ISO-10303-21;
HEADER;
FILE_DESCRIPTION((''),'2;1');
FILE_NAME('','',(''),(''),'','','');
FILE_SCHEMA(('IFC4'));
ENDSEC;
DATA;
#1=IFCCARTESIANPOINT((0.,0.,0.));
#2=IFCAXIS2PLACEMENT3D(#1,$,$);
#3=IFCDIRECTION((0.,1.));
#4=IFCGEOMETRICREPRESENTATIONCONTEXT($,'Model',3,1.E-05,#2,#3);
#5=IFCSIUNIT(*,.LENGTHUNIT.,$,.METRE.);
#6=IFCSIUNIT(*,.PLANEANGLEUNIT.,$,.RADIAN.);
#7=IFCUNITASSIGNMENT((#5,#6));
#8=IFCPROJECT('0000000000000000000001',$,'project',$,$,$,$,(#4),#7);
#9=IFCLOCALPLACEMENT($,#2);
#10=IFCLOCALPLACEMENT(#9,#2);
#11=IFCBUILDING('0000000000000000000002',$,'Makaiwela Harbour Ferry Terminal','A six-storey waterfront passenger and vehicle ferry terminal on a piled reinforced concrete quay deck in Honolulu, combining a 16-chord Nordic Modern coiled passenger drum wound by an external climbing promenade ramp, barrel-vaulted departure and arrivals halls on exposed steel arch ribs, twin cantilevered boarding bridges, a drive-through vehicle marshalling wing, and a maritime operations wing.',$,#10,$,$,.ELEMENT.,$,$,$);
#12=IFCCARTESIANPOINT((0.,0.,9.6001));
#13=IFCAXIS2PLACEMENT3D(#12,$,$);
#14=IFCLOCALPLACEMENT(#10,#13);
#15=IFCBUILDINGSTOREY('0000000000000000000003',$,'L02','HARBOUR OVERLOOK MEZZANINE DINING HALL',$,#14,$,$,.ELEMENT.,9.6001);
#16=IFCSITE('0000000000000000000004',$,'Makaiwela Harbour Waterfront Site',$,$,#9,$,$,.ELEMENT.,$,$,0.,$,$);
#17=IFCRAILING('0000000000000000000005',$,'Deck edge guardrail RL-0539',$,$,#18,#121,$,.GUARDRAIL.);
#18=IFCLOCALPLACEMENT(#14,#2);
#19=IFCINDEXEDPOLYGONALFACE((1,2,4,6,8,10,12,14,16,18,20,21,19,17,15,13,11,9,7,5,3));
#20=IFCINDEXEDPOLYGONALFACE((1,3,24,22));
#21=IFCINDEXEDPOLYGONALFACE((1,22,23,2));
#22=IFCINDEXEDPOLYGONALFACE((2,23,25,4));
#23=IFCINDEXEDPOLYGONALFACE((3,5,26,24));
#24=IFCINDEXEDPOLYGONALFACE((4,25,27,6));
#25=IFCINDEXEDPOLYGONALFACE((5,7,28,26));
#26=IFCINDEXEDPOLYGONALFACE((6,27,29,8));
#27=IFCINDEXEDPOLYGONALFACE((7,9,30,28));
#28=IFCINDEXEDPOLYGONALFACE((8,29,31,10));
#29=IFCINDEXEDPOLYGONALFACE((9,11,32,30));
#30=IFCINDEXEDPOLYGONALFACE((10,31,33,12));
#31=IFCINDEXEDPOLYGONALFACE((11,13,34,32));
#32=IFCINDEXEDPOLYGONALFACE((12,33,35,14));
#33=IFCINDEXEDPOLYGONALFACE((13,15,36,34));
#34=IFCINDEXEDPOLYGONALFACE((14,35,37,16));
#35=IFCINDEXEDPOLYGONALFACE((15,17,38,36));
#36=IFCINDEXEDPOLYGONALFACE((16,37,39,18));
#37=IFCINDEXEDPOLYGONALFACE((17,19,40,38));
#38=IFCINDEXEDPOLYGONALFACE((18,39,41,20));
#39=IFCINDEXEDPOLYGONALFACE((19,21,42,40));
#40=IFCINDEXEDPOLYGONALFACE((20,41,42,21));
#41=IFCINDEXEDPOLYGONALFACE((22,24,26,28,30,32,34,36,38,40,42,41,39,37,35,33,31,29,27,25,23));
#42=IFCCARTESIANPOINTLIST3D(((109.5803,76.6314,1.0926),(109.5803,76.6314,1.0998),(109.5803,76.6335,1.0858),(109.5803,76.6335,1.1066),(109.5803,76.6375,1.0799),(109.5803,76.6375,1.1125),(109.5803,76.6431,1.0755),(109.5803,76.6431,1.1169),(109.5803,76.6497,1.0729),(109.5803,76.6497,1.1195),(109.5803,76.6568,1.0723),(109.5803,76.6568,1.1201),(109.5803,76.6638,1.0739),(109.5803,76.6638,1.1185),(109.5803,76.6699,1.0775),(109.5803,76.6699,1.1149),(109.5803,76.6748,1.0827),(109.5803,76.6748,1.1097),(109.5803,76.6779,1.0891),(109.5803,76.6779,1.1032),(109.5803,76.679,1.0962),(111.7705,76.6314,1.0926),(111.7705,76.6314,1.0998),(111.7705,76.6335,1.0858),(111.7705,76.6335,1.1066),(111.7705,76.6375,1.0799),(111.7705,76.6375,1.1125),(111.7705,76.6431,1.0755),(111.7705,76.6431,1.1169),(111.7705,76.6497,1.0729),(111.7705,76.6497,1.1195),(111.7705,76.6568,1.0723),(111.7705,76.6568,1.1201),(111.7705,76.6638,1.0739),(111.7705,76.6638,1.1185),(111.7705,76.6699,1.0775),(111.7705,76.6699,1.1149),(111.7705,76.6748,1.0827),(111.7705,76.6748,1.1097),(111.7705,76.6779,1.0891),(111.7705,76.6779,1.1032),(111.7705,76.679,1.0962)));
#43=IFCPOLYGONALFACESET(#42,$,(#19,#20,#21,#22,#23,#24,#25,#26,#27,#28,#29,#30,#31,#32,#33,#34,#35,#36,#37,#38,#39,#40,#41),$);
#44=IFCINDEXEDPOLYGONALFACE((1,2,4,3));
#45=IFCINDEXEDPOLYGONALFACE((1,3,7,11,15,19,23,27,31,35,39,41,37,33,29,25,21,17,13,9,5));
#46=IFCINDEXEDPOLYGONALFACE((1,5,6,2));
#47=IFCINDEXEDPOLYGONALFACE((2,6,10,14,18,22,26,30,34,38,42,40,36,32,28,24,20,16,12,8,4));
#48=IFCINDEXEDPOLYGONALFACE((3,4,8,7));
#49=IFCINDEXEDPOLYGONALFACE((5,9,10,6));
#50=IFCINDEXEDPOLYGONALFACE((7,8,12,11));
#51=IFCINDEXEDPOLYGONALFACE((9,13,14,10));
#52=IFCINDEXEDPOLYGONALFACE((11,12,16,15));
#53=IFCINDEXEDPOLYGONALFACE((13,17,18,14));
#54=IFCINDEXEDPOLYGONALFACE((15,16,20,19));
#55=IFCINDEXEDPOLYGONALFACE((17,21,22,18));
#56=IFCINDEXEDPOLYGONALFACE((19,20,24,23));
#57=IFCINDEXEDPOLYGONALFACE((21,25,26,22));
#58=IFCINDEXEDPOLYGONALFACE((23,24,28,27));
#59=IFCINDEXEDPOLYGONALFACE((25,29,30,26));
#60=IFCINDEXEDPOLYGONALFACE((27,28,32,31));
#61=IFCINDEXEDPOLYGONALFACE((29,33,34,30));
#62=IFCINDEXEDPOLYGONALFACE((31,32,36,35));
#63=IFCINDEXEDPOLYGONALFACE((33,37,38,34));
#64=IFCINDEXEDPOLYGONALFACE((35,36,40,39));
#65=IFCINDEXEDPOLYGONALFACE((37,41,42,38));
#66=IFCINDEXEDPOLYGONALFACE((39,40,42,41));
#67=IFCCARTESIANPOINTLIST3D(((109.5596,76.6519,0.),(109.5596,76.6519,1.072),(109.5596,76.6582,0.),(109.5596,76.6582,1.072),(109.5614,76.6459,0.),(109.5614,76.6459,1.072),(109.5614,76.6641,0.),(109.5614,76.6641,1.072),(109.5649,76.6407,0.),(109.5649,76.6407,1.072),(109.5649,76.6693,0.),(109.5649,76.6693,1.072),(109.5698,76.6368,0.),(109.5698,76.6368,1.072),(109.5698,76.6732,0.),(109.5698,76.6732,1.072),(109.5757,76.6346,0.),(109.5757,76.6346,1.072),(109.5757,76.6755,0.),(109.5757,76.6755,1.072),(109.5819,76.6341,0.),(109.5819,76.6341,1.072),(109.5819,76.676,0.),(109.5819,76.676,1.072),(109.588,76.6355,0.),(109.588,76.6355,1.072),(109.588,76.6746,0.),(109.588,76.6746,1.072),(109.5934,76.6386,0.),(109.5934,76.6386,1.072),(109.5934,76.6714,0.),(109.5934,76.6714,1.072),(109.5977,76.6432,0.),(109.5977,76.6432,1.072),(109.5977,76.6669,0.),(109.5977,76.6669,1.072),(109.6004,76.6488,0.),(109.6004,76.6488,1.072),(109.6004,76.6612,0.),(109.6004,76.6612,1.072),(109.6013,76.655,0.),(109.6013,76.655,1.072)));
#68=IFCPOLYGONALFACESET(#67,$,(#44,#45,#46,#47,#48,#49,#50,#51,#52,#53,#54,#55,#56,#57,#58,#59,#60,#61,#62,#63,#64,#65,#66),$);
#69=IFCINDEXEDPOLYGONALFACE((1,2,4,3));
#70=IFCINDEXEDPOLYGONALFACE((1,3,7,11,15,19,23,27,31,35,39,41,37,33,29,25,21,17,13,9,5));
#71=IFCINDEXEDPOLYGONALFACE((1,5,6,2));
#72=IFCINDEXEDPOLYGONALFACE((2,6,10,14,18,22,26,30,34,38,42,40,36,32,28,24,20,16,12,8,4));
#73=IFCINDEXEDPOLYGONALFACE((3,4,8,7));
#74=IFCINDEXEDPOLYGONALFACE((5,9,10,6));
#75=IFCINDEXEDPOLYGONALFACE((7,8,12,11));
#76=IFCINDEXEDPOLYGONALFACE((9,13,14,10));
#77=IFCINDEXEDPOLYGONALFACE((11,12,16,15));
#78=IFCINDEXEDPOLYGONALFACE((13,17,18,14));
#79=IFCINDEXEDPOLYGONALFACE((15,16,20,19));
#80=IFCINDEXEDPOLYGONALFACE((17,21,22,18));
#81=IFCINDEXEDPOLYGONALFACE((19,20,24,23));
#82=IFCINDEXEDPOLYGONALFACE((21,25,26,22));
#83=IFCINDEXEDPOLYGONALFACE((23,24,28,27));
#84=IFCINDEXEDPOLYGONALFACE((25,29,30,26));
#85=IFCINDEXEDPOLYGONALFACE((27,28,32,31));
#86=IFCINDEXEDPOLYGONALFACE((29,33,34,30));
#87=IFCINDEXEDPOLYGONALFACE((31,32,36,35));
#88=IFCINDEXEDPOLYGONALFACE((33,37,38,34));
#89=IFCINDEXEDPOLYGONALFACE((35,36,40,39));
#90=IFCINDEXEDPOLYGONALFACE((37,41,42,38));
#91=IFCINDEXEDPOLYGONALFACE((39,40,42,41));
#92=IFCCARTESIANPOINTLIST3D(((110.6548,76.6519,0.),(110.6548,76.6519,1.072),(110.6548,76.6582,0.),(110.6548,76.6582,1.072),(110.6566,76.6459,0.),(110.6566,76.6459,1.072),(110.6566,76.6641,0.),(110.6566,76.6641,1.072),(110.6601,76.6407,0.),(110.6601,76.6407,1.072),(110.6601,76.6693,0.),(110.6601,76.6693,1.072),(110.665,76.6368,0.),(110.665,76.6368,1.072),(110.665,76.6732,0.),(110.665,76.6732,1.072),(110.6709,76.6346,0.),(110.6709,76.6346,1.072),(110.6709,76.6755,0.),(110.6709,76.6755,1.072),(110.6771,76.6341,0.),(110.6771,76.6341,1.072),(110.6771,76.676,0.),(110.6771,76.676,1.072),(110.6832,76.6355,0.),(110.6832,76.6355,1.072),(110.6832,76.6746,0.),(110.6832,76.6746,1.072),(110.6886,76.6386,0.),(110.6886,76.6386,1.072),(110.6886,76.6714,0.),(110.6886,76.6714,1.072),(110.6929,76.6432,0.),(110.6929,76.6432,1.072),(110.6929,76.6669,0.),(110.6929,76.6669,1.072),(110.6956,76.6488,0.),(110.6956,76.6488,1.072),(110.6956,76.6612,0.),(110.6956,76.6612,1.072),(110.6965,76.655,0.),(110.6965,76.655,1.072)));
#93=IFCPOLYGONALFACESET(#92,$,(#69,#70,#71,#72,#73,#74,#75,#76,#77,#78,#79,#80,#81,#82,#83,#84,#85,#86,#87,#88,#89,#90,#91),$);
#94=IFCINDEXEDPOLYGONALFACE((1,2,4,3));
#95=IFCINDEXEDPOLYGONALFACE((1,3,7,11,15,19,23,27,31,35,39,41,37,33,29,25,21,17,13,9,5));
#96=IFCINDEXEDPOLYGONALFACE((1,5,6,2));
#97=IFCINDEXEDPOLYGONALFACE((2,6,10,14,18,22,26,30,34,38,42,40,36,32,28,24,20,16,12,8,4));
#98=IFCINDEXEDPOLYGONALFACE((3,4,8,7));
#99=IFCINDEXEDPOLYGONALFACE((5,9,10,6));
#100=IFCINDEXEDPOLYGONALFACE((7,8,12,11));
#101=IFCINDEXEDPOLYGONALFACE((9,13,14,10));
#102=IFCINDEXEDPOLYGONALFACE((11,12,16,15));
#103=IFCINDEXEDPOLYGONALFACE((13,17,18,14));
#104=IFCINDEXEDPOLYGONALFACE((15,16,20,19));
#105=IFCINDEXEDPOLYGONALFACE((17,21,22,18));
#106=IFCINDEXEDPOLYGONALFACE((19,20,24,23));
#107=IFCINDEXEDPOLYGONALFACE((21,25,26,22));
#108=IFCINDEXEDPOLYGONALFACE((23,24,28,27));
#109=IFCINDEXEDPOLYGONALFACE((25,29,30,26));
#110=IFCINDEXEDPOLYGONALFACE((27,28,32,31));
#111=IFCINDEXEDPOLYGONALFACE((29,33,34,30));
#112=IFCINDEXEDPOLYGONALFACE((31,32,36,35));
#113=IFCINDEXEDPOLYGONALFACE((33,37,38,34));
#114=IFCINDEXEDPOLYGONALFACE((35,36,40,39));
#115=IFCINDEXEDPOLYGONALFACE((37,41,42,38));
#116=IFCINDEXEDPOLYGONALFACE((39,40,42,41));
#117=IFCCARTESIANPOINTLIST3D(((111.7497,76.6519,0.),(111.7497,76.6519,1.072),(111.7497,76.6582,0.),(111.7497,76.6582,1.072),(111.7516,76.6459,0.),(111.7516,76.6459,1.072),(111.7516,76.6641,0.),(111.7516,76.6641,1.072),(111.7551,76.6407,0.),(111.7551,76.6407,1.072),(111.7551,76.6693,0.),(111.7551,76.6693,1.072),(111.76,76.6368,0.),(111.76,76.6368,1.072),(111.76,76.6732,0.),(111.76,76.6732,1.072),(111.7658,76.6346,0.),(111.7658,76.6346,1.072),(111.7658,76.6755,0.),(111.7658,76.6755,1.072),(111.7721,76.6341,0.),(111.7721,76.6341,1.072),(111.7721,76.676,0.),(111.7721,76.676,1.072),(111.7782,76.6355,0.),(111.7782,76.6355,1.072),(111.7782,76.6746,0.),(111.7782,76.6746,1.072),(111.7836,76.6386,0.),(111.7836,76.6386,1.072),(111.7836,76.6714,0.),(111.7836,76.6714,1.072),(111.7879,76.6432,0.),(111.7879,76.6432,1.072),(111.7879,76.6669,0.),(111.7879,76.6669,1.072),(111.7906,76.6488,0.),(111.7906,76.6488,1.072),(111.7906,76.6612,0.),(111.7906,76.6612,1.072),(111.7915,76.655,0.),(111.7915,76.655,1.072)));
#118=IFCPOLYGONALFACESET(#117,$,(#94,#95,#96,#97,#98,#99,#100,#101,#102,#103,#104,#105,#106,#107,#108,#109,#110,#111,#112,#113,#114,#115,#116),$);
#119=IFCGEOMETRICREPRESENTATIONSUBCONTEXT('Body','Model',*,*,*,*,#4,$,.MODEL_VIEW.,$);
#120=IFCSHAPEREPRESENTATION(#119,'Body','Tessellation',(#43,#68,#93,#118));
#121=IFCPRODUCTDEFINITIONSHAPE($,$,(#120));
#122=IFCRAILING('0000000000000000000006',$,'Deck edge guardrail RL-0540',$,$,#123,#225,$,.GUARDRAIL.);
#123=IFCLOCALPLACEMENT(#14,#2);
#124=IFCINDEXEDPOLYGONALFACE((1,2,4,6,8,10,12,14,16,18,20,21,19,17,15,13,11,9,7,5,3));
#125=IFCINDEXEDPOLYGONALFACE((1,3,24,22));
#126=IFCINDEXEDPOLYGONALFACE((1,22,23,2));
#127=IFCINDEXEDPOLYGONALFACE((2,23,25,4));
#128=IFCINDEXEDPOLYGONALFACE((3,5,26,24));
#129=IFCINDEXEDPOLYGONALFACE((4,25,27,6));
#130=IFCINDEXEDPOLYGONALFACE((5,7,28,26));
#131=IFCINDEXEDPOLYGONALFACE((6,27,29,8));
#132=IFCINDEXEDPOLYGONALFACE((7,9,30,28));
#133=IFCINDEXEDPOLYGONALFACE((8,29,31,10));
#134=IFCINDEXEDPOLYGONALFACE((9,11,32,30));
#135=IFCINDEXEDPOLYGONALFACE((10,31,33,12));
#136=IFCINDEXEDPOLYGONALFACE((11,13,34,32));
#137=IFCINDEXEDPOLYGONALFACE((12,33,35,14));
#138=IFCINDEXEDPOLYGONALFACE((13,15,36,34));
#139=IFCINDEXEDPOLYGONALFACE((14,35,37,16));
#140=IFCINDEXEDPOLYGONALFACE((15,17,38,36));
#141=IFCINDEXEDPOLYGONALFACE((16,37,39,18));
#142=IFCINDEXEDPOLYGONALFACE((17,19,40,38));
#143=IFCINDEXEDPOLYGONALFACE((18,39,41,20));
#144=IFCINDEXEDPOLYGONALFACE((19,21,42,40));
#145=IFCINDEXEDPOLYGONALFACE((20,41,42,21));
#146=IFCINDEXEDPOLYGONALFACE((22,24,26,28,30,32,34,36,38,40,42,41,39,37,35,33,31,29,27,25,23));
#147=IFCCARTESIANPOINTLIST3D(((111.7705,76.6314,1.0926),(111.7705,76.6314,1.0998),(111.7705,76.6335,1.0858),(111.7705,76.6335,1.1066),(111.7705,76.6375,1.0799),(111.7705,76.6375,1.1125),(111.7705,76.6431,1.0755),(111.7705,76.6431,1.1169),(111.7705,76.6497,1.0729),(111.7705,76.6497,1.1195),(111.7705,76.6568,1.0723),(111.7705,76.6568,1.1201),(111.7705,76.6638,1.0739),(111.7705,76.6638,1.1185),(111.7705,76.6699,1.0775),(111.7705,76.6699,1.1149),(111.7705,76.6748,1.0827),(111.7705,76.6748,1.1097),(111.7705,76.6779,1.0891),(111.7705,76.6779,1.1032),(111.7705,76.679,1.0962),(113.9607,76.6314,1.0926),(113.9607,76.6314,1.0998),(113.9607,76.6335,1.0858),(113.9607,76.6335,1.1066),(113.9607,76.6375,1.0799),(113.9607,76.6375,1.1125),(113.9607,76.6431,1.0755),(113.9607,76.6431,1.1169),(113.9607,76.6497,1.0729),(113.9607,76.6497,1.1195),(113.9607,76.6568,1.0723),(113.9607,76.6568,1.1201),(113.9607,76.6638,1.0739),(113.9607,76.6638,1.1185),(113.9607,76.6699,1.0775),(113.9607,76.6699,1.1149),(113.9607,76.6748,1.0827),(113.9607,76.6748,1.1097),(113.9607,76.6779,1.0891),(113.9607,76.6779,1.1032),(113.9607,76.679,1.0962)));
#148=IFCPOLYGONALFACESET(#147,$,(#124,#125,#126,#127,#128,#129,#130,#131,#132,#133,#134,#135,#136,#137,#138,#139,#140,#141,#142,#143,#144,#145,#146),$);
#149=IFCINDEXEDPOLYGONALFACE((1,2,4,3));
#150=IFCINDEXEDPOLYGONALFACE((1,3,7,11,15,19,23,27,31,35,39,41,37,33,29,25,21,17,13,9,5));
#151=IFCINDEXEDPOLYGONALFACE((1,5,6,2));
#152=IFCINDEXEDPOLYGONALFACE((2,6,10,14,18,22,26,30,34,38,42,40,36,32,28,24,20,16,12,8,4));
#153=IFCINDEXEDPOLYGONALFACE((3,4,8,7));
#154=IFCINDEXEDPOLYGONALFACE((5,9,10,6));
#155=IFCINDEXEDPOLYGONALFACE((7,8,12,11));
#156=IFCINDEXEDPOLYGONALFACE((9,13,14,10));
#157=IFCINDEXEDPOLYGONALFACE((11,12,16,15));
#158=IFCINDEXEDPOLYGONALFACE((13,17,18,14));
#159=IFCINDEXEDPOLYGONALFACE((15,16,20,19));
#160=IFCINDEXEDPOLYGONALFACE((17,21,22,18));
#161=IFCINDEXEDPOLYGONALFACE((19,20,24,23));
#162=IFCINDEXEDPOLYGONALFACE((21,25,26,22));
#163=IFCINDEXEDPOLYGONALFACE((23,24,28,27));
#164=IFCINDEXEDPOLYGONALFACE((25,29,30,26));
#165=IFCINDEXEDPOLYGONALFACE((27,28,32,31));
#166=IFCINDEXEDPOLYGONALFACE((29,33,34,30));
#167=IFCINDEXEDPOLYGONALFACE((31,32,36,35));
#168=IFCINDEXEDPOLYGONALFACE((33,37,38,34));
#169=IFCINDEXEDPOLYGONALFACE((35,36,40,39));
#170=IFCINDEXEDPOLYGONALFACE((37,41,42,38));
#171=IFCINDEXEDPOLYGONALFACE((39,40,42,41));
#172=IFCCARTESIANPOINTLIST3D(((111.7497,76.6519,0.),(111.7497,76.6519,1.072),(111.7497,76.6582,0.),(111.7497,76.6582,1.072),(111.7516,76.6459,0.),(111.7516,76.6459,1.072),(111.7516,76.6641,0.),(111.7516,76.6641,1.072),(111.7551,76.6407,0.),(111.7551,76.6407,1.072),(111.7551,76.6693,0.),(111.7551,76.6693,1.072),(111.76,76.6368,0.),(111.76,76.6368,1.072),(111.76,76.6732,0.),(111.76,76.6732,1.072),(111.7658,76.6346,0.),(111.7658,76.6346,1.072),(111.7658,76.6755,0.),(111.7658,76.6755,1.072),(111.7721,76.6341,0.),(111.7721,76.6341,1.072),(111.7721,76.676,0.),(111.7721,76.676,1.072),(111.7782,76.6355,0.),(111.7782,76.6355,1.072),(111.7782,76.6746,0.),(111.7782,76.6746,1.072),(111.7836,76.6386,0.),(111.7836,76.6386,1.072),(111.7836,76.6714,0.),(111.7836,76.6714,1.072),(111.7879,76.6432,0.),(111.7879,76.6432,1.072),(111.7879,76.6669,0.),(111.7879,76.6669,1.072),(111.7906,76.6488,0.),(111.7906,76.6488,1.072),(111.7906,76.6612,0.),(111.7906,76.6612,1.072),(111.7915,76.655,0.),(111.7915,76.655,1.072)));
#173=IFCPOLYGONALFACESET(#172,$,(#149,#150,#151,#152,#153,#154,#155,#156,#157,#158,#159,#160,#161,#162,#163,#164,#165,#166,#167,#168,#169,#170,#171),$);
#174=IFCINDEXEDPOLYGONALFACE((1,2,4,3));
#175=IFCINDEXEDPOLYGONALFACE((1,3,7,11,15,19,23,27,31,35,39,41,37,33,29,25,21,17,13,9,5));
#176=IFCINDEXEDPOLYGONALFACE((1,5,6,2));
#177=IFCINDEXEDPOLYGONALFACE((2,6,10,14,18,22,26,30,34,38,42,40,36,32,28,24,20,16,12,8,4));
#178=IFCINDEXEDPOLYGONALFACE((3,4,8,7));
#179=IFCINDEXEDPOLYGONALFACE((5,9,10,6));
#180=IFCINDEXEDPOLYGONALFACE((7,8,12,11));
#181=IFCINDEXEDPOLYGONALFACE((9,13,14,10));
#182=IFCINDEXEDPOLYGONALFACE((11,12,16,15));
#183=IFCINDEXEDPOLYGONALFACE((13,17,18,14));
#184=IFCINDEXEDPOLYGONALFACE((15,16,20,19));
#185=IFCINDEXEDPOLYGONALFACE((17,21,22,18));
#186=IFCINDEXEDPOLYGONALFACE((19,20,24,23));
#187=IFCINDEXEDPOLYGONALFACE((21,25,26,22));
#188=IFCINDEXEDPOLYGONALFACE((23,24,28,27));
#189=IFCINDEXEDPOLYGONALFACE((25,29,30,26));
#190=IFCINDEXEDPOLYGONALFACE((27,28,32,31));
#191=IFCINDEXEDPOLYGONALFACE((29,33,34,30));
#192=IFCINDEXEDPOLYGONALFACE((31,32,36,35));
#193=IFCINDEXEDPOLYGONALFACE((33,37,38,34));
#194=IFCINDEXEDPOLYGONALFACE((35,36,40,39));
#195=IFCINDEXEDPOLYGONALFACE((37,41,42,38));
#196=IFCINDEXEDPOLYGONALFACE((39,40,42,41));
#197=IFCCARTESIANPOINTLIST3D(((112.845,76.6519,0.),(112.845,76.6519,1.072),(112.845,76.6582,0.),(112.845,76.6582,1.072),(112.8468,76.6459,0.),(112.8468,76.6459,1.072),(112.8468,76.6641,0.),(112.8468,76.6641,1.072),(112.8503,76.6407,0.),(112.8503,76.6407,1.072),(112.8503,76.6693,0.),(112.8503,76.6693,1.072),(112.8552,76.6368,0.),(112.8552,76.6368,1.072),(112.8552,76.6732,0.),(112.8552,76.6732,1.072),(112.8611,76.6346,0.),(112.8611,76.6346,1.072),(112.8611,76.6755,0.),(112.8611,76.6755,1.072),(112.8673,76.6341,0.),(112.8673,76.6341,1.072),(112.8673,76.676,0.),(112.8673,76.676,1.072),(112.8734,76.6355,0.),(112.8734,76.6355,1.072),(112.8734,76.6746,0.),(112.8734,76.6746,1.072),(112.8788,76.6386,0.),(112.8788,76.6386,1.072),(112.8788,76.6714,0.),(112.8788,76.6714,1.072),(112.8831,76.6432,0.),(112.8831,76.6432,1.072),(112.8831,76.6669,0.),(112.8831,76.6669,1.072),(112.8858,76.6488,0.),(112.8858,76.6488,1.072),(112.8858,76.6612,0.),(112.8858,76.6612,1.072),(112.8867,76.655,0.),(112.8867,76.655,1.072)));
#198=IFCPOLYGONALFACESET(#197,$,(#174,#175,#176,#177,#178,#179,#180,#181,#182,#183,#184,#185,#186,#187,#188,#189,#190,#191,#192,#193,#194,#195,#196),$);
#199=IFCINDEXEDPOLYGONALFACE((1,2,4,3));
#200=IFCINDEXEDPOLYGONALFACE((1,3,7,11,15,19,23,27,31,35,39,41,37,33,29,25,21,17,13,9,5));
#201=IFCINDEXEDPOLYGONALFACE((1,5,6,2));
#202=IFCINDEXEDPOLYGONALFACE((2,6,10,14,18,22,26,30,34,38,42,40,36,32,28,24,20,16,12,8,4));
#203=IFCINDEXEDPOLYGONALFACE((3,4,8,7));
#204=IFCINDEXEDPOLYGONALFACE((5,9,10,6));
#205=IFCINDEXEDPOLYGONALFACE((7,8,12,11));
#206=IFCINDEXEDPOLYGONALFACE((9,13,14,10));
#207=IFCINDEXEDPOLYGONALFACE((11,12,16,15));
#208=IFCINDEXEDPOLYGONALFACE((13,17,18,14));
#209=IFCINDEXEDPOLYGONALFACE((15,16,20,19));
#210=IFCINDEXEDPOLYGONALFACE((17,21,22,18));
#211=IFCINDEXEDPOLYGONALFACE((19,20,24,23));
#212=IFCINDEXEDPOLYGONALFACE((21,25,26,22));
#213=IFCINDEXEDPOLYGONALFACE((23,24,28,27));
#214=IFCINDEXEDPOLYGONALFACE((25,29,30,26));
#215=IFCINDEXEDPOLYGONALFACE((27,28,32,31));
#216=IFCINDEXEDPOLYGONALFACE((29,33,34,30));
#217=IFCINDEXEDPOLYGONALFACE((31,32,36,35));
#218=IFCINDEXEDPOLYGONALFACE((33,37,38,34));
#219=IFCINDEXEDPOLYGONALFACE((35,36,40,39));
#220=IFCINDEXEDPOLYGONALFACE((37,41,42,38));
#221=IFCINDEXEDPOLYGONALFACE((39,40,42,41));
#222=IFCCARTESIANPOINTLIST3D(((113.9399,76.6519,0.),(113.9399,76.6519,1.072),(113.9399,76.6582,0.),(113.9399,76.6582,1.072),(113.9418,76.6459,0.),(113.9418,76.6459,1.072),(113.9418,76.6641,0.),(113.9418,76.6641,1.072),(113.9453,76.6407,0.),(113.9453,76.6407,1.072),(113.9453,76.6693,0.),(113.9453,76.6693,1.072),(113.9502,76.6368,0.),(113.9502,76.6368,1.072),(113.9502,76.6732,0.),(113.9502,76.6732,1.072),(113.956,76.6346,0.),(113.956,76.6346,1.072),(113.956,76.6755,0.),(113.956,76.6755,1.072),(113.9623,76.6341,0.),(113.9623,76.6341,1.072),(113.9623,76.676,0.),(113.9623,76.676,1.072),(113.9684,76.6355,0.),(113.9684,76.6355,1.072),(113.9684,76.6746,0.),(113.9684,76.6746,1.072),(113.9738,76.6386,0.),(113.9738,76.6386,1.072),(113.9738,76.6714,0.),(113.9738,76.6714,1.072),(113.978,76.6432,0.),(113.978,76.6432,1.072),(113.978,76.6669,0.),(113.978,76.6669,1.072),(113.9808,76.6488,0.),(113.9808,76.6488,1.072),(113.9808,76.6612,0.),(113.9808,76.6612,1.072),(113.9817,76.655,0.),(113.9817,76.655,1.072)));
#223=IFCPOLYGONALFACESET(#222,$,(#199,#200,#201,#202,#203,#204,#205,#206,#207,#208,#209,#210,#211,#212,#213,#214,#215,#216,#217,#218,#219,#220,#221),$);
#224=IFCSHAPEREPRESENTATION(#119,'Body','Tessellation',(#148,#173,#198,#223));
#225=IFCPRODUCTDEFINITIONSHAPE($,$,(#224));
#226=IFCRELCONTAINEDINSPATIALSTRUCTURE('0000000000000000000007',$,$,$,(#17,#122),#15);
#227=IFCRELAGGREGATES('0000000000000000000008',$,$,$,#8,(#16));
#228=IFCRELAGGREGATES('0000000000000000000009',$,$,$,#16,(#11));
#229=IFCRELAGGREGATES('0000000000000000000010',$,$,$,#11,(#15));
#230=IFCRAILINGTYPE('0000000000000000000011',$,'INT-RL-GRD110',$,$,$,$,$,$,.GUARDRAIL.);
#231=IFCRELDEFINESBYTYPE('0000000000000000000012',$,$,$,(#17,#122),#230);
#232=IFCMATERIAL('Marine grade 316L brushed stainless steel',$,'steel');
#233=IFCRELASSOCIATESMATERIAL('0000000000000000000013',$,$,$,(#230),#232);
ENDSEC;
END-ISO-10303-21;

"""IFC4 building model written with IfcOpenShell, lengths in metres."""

from ifc_helpers import new_model, si_unit, direction, frame, origin, origin_2d, place, context, subcontext, project, spatial, circle, extrude, material, type_object, element, save


model = new_model("IFC4")

# Units and contexts
model_context = context("Model", 3, precision=1e-05, world=origin(), true_north=direction((0.0, 1.0)))
body_context = subcontext(model_context, "Body", "Model", "MODEL_VIEW")
ifc_project = project(units=[si_unit("LENGTHUNIT", "METRE"), si_unit("PLANEANGLEUNIT", "RADIAN")], contexts=[model_context])

# Site, building, storey
site_placement = place(None, origin())
site = spatial("IfcSite", under=ifc_project, at=site_placement, Name="Makaiwela Harbour Waterfront Site", CompositionType="ELEMENT", RefElevation=0.0)
building_placement = place(site_placement, origin())
building = spatial("IfcBuilding", under=site, at=building_placement, Name="Makaiwela Harbour Ferry Terminal", Description="A six-storey waterfront passenger and vehicle ferry terminal on a piled reinforced concrete quay deck in Honolulu, combining a 16-chord Nordic Modern coiled passenger drum wound by an external climbing promenade ramp, barrel-vaulted departure and arrivals halls on exposed steel arch ribs, twin cantilevered boarding bridges, a drive-through vehicle marshalling wing, and a maritime operations wing.", CompositionType="ELEMENT")
storey_placement = place(building_placement, frame((0.0, 0.0, 9.6001)))
storey = spatial("IfcBuildingStorey", under=building, at=storey_placement, Name="L02", Description="HARBOUR OVERLOOK MEZZANINE DINING HALL", CompositionType="ELEMENT", Elevation=9.6001)

# Railings
ifc_material_1 = material(Name="Marine grade 316L brushed stainless steel", Category="steel")
railing_type = type_object("IfcRailingType", Name="INT-RL-GRD110", PredefinedType="GUARDRAIL", material=ifc_material_1)
for number, where, name in (
    (1, (109.5803, 76.655, 0.0), "Deck edge guardrail RL-0539"),
    (2, (111.7705, 76.655, 0.0), "Deck edge guardrail RL-0540"),
):
    element("IfcRailing", number, at=place(storey_placement, frame(where)), inside=storey, type_object=railing_type, Name=name, PredefinedType="GUARDRAIL", context=body_context, shape_type="SweptSolid", body=[
        extrude(circle(Radius=0.0239, at=origin_2d()), frame((0.0, 0.0, 1.0962), z_axis=(1.0, 0.0, 0.0), x_axis=(0.0, 1.0, 0.0)), (0.0, 0.0, 1.0), 2.1902),
        extrude(circle(Radius=0.021, at=origin_2d()), origin(), (0.0, 0.0, 1.0), 1.072),
        extrude(circle(Radius=0.021, at=origin_2d()), frame((1.0952, 0.0, 0.0)), (0.0, 0.0, 1.0), 1.072),
        extrude(circle(Radius=0.021, at=origin_2d()), frame((2.1902, 0.0, 0.0)), (0.0, 0.0, 1.0), 1.072),
    ])

save(model, "model.ifc")
